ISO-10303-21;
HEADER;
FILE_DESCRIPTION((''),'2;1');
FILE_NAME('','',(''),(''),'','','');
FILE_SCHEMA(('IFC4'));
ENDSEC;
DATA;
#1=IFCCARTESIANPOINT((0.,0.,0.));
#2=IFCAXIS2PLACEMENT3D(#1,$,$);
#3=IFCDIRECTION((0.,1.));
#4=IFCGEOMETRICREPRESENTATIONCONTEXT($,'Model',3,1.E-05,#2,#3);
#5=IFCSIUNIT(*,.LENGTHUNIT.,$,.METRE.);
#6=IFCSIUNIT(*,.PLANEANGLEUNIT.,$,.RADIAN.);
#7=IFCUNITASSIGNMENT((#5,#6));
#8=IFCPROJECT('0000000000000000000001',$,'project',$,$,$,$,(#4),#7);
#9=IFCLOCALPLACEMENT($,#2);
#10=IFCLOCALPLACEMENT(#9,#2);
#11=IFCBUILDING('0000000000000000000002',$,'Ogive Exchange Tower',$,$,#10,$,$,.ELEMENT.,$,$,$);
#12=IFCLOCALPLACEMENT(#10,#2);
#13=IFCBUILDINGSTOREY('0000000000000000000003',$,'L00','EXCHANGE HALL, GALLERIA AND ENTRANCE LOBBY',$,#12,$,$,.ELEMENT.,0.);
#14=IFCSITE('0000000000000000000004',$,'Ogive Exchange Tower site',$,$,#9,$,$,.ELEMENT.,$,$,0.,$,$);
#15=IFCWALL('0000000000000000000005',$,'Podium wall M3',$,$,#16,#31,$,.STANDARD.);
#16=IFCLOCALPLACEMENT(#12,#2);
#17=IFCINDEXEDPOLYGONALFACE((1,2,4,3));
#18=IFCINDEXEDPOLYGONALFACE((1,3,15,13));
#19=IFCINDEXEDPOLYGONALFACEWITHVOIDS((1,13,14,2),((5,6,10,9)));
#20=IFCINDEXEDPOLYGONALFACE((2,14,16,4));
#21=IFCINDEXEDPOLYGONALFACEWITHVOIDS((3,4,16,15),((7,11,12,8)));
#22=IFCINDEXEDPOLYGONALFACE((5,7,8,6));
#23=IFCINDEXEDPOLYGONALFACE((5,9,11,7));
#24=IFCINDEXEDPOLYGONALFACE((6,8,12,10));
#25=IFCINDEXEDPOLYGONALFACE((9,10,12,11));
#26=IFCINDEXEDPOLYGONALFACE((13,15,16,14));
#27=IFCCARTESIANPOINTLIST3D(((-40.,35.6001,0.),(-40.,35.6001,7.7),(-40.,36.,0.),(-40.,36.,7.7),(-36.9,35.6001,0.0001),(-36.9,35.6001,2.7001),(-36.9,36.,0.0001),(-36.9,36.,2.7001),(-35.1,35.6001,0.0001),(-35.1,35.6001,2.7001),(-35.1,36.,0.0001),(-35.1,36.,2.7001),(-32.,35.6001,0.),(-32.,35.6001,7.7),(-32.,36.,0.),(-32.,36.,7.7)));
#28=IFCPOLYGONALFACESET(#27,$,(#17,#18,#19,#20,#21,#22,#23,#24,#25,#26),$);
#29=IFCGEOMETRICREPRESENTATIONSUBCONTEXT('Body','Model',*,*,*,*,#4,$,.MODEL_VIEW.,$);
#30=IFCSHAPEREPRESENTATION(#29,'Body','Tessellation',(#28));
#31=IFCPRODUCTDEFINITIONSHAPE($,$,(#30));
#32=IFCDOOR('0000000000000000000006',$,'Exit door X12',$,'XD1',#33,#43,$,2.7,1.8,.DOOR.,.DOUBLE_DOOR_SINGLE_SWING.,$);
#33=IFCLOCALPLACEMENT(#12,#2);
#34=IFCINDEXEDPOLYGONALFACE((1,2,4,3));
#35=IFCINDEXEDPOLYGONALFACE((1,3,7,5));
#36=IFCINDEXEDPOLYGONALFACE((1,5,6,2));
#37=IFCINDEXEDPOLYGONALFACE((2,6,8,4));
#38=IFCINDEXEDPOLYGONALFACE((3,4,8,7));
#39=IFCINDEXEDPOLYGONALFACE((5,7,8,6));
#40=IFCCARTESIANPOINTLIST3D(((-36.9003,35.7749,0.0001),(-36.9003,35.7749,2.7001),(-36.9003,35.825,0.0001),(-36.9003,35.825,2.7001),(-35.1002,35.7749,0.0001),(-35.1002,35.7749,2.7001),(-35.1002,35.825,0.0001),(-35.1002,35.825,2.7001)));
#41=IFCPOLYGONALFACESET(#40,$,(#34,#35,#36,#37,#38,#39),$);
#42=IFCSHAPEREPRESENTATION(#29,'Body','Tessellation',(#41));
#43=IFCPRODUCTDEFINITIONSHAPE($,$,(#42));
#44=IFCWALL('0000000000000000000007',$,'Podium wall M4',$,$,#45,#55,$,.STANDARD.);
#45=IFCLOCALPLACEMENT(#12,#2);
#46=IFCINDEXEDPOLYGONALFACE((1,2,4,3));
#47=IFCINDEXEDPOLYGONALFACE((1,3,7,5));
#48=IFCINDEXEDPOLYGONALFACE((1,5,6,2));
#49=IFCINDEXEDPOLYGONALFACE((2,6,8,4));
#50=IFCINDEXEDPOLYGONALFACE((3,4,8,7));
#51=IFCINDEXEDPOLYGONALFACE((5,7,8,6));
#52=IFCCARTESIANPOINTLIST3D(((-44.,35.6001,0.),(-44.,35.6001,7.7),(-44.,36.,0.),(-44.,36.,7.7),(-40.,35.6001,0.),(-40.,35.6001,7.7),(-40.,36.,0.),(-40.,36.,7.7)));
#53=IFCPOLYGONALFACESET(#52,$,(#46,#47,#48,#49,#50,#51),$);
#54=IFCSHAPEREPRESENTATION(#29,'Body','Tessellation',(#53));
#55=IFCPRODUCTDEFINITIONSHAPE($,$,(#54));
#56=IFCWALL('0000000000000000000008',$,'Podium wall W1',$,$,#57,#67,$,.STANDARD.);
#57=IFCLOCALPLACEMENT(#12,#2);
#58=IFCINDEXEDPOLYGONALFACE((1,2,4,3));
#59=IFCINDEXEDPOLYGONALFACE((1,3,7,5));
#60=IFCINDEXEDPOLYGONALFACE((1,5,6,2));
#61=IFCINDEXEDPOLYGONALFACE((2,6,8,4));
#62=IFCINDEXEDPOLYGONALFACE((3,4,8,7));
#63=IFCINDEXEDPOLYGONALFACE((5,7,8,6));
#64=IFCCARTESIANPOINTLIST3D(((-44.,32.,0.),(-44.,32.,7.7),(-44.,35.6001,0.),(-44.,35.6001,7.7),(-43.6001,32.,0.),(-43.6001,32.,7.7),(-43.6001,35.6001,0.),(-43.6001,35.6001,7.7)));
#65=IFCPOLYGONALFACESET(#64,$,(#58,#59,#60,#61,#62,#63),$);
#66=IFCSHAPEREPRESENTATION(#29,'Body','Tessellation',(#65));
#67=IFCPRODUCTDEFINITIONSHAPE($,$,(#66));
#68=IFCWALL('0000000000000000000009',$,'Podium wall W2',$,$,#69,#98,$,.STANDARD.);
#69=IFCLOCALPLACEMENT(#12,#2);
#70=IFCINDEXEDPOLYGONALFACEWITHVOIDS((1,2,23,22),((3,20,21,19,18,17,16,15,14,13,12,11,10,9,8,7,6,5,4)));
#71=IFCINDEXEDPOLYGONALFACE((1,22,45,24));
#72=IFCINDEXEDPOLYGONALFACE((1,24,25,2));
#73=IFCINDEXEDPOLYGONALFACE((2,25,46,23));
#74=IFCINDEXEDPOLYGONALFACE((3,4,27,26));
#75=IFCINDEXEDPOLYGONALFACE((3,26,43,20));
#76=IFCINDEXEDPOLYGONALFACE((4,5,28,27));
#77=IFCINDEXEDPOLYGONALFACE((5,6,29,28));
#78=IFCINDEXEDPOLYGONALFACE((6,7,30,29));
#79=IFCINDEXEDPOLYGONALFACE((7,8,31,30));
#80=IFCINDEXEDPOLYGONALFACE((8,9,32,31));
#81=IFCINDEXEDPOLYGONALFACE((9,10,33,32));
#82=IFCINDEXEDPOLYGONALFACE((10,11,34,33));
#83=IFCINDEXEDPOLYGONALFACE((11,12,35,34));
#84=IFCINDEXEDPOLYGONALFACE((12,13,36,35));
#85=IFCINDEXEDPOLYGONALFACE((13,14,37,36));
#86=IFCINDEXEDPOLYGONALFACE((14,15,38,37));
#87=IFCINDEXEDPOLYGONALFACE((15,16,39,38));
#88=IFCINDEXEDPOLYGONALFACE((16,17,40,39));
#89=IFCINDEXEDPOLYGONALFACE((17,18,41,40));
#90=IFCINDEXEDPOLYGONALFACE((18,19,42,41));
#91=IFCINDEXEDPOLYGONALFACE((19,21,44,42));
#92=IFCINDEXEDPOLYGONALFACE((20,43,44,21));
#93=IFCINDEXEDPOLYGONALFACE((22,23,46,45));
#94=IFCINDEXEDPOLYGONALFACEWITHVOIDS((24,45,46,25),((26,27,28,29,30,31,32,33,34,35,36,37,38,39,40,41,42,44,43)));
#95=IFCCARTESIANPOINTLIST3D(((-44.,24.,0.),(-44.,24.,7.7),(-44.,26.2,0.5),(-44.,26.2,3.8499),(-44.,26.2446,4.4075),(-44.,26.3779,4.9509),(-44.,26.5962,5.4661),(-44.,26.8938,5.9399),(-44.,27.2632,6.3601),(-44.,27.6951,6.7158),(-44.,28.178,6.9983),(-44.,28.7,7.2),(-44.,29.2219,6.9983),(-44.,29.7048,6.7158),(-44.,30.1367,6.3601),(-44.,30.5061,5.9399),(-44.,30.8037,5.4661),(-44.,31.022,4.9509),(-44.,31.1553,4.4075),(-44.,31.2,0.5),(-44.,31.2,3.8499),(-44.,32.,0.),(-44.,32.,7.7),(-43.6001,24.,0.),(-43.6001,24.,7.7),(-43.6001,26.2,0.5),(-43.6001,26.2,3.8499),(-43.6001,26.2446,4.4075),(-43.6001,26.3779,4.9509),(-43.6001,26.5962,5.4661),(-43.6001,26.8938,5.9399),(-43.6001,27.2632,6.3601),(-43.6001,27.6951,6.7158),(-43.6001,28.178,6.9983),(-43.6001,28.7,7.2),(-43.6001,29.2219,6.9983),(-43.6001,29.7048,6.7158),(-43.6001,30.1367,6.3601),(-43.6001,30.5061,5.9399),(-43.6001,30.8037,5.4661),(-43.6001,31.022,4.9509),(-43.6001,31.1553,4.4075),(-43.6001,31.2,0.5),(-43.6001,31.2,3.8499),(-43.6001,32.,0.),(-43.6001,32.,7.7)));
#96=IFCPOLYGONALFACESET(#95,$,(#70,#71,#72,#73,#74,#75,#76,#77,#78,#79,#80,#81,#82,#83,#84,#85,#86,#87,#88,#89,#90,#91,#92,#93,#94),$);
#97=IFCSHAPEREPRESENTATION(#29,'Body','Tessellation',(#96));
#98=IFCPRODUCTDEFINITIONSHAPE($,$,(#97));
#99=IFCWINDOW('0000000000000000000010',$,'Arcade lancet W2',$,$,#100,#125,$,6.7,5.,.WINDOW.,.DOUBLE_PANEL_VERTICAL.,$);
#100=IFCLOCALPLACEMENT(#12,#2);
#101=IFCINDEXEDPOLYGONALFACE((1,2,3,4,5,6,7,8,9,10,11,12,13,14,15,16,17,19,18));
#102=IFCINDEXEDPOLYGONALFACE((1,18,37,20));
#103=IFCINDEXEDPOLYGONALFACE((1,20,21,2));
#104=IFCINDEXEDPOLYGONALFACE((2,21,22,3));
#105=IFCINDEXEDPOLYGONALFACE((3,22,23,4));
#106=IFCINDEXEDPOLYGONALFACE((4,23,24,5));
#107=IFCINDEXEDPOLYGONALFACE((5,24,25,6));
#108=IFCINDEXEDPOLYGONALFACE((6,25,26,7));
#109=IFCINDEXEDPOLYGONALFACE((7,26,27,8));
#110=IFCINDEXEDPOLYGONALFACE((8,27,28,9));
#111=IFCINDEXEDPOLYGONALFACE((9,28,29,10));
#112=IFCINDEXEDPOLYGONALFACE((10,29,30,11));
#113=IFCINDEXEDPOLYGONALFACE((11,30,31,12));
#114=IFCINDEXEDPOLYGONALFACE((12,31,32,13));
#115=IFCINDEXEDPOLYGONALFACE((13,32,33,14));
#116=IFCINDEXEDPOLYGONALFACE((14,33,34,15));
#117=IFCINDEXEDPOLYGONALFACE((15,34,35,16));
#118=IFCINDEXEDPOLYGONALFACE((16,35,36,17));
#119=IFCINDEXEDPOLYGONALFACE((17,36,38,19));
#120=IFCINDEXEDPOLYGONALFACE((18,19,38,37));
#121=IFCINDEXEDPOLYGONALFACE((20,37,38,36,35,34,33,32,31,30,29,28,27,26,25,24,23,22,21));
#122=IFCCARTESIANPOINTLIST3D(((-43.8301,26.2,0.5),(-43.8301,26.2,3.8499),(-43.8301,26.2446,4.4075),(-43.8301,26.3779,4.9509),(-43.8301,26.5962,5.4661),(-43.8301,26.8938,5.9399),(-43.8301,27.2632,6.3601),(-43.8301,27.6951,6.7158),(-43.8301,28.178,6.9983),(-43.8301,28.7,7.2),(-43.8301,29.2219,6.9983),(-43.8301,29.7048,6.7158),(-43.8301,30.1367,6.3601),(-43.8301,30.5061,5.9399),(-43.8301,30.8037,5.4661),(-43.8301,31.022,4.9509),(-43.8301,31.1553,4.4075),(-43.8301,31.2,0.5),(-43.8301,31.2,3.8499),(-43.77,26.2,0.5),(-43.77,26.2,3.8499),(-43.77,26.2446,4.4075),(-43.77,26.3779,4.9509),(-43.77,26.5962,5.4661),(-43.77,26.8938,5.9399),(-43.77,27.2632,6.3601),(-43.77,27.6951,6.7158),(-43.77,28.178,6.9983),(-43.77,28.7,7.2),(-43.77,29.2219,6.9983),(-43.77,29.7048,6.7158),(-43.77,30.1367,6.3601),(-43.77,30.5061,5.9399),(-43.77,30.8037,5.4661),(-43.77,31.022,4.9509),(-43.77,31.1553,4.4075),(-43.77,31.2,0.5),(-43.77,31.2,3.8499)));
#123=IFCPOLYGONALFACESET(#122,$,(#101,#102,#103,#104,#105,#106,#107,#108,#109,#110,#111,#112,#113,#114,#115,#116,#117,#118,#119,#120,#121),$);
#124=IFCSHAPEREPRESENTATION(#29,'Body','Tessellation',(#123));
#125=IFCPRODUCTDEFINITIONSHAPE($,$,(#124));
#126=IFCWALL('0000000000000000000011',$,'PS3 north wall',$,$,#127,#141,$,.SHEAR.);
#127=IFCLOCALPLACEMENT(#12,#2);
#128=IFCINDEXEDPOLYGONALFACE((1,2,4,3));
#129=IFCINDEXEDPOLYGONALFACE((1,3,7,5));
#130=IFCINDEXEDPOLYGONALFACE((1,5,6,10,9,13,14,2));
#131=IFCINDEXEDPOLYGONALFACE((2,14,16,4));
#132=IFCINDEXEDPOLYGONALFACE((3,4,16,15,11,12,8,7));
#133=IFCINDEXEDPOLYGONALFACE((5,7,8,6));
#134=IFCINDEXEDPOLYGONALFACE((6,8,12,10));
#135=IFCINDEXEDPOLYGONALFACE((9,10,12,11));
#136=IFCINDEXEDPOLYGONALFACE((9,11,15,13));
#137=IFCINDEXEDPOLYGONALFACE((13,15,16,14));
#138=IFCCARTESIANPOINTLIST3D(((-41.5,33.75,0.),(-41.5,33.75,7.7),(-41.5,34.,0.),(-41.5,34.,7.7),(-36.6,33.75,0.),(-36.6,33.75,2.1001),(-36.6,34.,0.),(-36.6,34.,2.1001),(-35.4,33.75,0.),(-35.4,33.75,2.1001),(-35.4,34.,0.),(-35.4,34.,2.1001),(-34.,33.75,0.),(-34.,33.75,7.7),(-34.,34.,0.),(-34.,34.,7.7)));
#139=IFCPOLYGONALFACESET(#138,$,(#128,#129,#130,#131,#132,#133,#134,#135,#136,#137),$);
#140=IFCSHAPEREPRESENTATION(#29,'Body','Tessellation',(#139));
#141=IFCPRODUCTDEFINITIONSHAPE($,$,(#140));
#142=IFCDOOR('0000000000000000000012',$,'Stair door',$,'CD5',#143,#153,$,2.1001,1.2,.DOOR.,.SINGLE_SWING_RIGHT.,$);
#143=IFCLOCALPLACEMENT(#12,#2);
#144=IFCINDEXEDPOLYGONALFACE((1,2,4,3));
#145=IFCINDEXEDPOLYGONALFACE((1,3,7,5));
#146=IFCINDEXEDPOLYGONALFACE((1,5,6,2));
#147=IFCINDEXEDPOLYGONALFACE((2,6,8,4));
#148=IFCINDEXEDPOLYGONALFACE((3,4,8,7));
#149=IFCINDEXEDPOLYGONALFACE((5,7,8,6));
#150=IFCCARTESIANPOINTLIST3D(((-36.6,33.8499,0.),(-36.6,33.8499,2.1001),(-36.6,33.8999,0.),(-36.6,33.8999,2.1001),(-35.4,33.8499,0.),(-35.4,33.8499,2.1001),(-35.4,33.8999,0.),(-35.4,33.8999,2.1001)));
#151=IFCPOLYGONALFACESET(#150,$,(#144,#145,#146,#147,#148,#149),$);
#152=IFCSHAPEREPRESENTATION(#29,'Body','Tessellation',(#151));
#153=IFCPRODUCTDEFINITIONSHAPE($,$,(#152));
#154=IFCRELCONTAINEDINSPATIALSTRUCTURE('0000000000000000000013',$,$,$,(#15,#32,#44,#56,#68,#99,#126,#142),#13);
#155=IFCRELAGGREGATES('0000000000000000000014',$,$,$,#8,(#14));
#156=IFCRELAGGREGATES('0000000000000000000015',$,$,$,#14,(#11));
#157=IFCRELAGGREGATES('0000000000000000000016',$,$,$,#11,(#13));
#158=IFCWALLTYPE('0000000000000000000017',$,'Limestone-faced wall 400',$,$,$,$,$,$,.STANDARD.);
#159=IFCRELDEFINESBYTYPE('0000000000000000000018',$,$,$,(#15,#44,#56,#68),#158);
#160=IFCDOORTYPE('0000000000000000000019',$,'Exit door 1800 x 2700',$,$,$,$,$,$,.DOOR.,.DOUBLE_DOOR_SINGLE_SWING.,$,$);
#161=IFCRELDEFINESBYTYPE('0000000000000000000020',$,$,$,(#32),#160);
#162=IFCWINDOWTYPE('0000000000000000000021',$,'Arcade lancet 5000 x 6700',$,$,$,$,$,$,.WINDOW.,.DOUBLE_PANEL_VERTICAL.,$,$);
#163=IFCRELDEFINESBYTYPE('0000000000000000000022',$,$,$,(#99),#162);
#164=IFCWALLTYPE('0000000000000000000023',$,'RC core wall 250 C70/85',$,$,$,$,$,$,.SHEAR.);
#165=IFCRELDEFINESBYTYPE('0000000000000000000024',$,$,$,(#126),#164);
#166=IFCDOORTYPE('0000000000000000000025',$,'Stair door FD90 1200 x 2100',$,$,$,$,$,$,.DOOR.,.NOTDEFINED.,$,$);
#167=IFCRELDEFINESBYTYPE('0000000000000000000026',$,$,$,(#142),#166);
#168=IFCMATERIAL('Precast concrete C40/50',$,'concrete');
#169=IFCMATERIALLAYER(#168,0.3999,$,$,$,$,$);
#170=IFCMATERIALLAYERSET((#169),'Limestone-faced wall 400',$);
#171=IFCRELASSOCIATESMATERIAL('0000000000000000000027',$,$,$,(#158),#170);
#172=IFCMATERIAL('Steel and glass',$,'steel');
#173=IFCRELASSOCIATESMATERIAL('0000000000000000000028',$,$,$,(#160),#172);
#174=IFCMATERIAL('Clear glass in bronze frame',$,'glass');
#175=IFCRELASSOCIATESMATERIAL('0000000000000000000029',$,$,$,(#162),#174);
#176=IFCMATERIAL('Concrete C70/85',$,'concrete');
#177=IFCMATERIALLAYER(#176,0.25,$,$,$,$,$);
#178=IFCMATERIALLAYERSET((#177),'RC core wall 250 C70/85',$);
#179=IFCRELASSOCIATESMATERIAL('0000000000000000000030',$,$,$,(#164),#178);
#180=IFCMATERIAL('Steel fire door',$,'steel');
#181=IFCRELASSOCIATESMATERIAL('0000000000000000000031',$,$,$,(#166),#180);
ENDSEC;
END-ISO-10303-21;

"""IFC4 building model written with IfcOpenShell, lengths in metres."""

from ifc_helpers import new_model, si_unit, direction, frame, frame_2d, origin, place, context, subcontext, project, spatial, polyline, rectangle, outline, extrude, material, layer, layer_set, type_object, element, fill, save


model = new_model("IFC4")

# Units and contexts
model_context = context("Model", 3, precision=1e-05, world=origin(), true_north=direction((0.0, 1.0)))
body_context = subcontext(model_context, "Body", "Model", "MODEL_VIEW")
ifc_project = project(units=[si_unit("LENGTHUNIT", "METRE"), si_unit("PLANEANGLEUNIT", "RADIAN")], contexts=[model_context])

# Site, building, storey
site_placement = place(None, origin())
site = spatial("IfcSite", under=ifc_project, at=site_placement, Name="Ogive Exchange Tower site", CompositionType="ELEMENT", RefElevation=0.0)
building_placement = place(site_placement, origin())
building = spatial("IfcBuilding", under=site, at=building_placement, Name="Ogive Exchange Tower", CompositionType="ELEMENT")
storey_placement = place(building_placement, origin())
storey = spatial("IfcBuildingStorey", under=building, at=storey_placement, Name="L00", Description="EXCHANGE HALL, GALLERIA AND ENTRANCE LOBBY", CompositionType="ELEMENT", Elevation=0.0)

# Shared definitions
ifc_material_1 = material(Name="Concrete C70/85", Category="concrete")

# Shared definitions
ifc_material_2 = material(Name="Precast concrete C40/50", Category="concrete")

# Wall, opening, door
ifc_layer_1 = layer(ifc_material_2, 0.3999)
ifc_layer_set_1 = layer_set([ifc_layer_1], Name="Limestone-faced wall 400")
wall_type_1 = type_object("IfcWallType", Name="Limestone-faced wall 400", PredefinedType="STANDARD", material=ifc_layer_set_1)
wall_1_placement = place(storey_placement, frame((-32.0, 35.8, 0.0), z_axis=(0.0, 0.0, 1.0), x_axis=(-1.0, 0.0, 0.0)))
wall_1 = element("IfcWall", 1, at=wall_1_placement, inside=storey, type_object=wall_type_1, Name="Podium wall M3", PredefinedType="STANDARD", context=body_context, shape_type="SweptSolid", body=[
    extrude(rectangle(XDim=8.0, YDim=0.3999, at=frame_2d((4.0, 0.0))), origin(), (0.0, 0.0, 1.0), 7.7),
])
opening_1_placement = place(wall_1_placement, frame((3.1001, 0.0, 0.0)))
opening_1 = element("IfcOpeningElement", 2, at=opening_1_placement, cuts=wall_1, PredefinedType="OPENING", context=body_context, shape_type="SweptSolid", body=[
    extrude(rectangle(XDim=1.8, YDim=2.7, at=frame_2d((0.8999, 1.3501))), frame((0.0, 0.21, 0.0), z_axis=(0.0, -1.0, 0.0), x_axis=(1.0, 0.0, 0.0)), (0.0, 0.0, 1.0), 0.4199),
])
ifc_material_3 = material(Name="Steel and glass", Category="steel")
door_type_1 = type_object("IfcDoorType", Name="Exit door 1800 x 2700", OperationType="DOUBLE_DOOR_SINGLE_SWING", PredefinedType="DOOR", material=ifc_material_3)
door_1_placement = place(opening_1_placement, frame((1.8, 0.0, 0.0), z_axis=(0.0, 0.0, 1.0), x_axis=(-1.0, 0.0, 0.0)))
door_1 = element("IfcDoor", 3, at=door_1_placement, inside=storey, type_object=door_type_1, Name="Exit door X12", ObjectType="XD1", OperationType="DOUBLE_DOOR_SINGLE_SWING", OverallHeight=2.7, OverallWidth=1.8, PredefinedType="DOOR", context=body_context, shape_type="SweptSolid", body=[
    extrude(rectangle(XDim=1.8, YDim=2.7, at=frame_2d((0.8999, 1.3501))), frame((0.0, 0.0249, 0.0), z_axis=(0.0, -1.0, 0.0), x_axis=(1.0, 0.0, 0.0)), (0.0, 0.0, 1.0), 0.05),
])
fill(opening_1, door_1)

# Walls
wall_2_placement = place(storey_placement, frame((-40.0, 35.8, 0.0), z_axis=(0.0, 0.0, 1.0), x_axis=(-1.0, 0.0, 0.0)))
element("IfcWall", 4, at=wall_2_placement, inside=storey, type_object=wall_type_1, Name="Podium wall M4", PredefinedType="STANDARD", context=body_context, shape_type="SweptSolid", body=[
    extrude(rectangle(XDim=4.0, YDim=0.3999, at=frame_2d((2.0, 0.0))), origin(), (0.0, 0.0, 1.0), 7.7),
])
wall_3_placement = place(storey_placement, frame((-43.8, 35.6001, 0.0), z_axis=(0.0, 0.0, 1.0), x_axis=(0.0, -1.0, 0.0)))
element("IfcWall", 5, at=wall_3_placement, inside=storey, type_object=wall_type_1, Name="Podium wall W1", PredefinedType="STANDARD", context=body_context, shape_type="SweptSolid", body=[
    extrude(rectangle(XDim=3.6001, YDim=0.3999, at=frame_2d((1.8, 0.0))), origin(), (0.0, 0.0, 1.0), 7.7),
])

# Wall, opening, window
wall_4_placement = place(storey_placement, frame((-43.8, 32.0, 0.0), z_axis=(0.0, 0.0, 1.0), x_axis=(0.0, -1.0, 0.0)))
wall_4 = element("IfcWall", 6, at=wall_4_placement, inside=storey, type_object=wall_type_1, Name="Podium wall W2", PredefinedType="STANDARD", context=body_context, shape_type="SweptSolid", body=[
    extrude(rectangle(XDim=8.0, YDim=0.3999, at=frame_2d((4.0, 0.0))), origin(), (0.0, 0.0, 1.0), 7.7),
])
opening_2_placement = place(wall_4_placement, frame((0.8, 0.0, 0.5)))
opening_2 = element("IfcOpeningElement", 7, at=opening_2_placement, cuts=wall_4, PredefinedType="OPENING", context=body_context, shape_type="SweptSolid", body=[
    extrude(outline(polyline([(0.0, 0.0), (5.0, 0.0), (5.0, 3.3499), (4.9553, 3.9075), (4.822, 4.4509), (4.6038, 4.9661), (4.3062, 5.4399), (3.9368, 5.8601), (3.5049, 6.2158), (3.022, 6.4983), (2.5, 6.7), (1.978, 6.4983), (1.4951, 6.2158), (1.0632, 5.8601), (0.6938, 5.4399), (0.3962, 4.9661), (0.178, 4.4509), (0.0447, 3.9075), (0.0, 3.3499), (0.0, 0.0)])), frame((0.0, 0.21, 0.0), z_axis=(0.0, -1.0, 0.0), x_axis=(1.0, 0.0, 0.0)), (0.0, 0.0, 1.0), 0.4199),
])
ifc_material_4 = material(Name="Clear glass in bronze frame", Category="glass")
window_type = type_object("IfcWindowType", Name="Arcade lancet 5000 x 6700", PartitioningType="DOUBLE_PANEL_VERTICAL", PredefinedType="WINDOW", material=ifc_material_4)
window_placement = place(opening_2_placement, origin())
window = element("IfcWindow", 8, at=window_placement, inside=storey, type_object=window_type, Name="Arcade lancet W2", OverallHeight=6.7, OverallWidth=5.0, PartitioningType="DOUBLE_PANEL_VERTICAL", PredefinedType="WINDOW", context=body_context, shape_type="SweptSolid", body=[
    extrude(outline(polyline([(0.0, 0.0), (5.0, 0.0), (5.0, 3.3499), (4.9553, 3.9075), (4.822, 4.4509), (4.6038, 4.9661), (4.3062, 5.4399), (3.9368, 5.8601), (3.5049, 6.2158), (3.022, 6.4983), (2.5, 6.7), (1.978, 6.4983), (1.4951, 6.2158), (1.0632, 5.8601), (0.6938, 5.4399), (0.3962, 4.9661), (0.178, 4.4509), (0.0447, 3.9075), (0.0, 3.3499), (0.0, 0.0)])), frame((0.0, 0.03, 0.0), z_axis=(0.0, -1.0, 0.0), x_axis=(1.0, 0.0, 0.0)), (0.0, 0.0, 1.0), 0.0601),
])
fill(opening_2, window)

# Wall, opening, door
ifc_layer_2 = layer(ifc_material_1, 0.25)
ifc_layer_set_2 = layer_set([ifc_layer_2], Name="RC core wall 250 C70/85")
wall_type_2 = type_object("IfcWallType", Name="RC core wall 250 C70/85", PredefinedType="SHEAR", material=ifc_layer_set_2)
wall_5_placement = place(storey_placement, frame((-41.5, 33.875, 0.0), z_axis=(0.0, 0.0, 1.0), x_axis=(1.0, 0.0, 0.0)))
wall_5 = element("IfcWall", 9, at=wall_5_placement, inside=storey, type_object=wall_type_2, Name="PS3 north wall", PredefinedType="SHEAR", context=body_context, shape_type="SweptSolid", body=[
    extrude(rectangle(XDim=7.5, YDim=0.25, at=frame_2d((3.75, 0.0))), origin(), (0.0, 0.0, 1.0), 7.7),
])
opening_3_placement = place(wall_5_placement, frame((4.8999, 0.0, 0.0)))
opening_3 = element("IfcOpeningElement", 10, at=opening_3_placement, cuts=wall_5, PredefinedType="OPENING", context=body_context, shape_type="SweptSolid", body=[
    extrude(rectangle(XDim=1.2, YDim=2.1001, at=frame_2d((0.6001, 1.05))), frame((0.0, 0.135, 0.0), z_axis=(0.0, -1.0, 0.0), x_axis=(1.0, 0.0, 0.0)), (0.0, 0.0, 1.0), 0.27),
])
ifc_material_5 = material(Name="Steel fire door", Category="steel")
door_type_2 = type_object("IfcDoorType", Name="Stair door FD90 1200 x 2100", OperationType="NOTDEFINED", PredefinedType="DOOR", material=ifc_material_5)
door_2_placement = place(opening_3_placement, origin())
door_2 = element("IfcDoor", 11, at=door_2_placement, inside=storey, type_object=door_type_2, Name="Stair door", ObjectType="CD5", OperationType="SINGLE_SWING_RIGHT", OverallHeight=2.1001, OverallWidth=1.2, PredefinedType="DOOR", context=body_context, shape_type="SweptSolid", body=[
    extrude(rectangle(XDim=1.2, YDim=2.1001, at=frame_2d((0.6001, 1.05))), frame((0.0, 0.0249, 0.0), z_axis=(0.0, -1.0, 0.0), x_axis=(1.0, 0.0, 0.0)), (0.0, 0.0, 1.0), 0.05),
])
fill(opening_3, door_2)

save(model, "model.ifc")
